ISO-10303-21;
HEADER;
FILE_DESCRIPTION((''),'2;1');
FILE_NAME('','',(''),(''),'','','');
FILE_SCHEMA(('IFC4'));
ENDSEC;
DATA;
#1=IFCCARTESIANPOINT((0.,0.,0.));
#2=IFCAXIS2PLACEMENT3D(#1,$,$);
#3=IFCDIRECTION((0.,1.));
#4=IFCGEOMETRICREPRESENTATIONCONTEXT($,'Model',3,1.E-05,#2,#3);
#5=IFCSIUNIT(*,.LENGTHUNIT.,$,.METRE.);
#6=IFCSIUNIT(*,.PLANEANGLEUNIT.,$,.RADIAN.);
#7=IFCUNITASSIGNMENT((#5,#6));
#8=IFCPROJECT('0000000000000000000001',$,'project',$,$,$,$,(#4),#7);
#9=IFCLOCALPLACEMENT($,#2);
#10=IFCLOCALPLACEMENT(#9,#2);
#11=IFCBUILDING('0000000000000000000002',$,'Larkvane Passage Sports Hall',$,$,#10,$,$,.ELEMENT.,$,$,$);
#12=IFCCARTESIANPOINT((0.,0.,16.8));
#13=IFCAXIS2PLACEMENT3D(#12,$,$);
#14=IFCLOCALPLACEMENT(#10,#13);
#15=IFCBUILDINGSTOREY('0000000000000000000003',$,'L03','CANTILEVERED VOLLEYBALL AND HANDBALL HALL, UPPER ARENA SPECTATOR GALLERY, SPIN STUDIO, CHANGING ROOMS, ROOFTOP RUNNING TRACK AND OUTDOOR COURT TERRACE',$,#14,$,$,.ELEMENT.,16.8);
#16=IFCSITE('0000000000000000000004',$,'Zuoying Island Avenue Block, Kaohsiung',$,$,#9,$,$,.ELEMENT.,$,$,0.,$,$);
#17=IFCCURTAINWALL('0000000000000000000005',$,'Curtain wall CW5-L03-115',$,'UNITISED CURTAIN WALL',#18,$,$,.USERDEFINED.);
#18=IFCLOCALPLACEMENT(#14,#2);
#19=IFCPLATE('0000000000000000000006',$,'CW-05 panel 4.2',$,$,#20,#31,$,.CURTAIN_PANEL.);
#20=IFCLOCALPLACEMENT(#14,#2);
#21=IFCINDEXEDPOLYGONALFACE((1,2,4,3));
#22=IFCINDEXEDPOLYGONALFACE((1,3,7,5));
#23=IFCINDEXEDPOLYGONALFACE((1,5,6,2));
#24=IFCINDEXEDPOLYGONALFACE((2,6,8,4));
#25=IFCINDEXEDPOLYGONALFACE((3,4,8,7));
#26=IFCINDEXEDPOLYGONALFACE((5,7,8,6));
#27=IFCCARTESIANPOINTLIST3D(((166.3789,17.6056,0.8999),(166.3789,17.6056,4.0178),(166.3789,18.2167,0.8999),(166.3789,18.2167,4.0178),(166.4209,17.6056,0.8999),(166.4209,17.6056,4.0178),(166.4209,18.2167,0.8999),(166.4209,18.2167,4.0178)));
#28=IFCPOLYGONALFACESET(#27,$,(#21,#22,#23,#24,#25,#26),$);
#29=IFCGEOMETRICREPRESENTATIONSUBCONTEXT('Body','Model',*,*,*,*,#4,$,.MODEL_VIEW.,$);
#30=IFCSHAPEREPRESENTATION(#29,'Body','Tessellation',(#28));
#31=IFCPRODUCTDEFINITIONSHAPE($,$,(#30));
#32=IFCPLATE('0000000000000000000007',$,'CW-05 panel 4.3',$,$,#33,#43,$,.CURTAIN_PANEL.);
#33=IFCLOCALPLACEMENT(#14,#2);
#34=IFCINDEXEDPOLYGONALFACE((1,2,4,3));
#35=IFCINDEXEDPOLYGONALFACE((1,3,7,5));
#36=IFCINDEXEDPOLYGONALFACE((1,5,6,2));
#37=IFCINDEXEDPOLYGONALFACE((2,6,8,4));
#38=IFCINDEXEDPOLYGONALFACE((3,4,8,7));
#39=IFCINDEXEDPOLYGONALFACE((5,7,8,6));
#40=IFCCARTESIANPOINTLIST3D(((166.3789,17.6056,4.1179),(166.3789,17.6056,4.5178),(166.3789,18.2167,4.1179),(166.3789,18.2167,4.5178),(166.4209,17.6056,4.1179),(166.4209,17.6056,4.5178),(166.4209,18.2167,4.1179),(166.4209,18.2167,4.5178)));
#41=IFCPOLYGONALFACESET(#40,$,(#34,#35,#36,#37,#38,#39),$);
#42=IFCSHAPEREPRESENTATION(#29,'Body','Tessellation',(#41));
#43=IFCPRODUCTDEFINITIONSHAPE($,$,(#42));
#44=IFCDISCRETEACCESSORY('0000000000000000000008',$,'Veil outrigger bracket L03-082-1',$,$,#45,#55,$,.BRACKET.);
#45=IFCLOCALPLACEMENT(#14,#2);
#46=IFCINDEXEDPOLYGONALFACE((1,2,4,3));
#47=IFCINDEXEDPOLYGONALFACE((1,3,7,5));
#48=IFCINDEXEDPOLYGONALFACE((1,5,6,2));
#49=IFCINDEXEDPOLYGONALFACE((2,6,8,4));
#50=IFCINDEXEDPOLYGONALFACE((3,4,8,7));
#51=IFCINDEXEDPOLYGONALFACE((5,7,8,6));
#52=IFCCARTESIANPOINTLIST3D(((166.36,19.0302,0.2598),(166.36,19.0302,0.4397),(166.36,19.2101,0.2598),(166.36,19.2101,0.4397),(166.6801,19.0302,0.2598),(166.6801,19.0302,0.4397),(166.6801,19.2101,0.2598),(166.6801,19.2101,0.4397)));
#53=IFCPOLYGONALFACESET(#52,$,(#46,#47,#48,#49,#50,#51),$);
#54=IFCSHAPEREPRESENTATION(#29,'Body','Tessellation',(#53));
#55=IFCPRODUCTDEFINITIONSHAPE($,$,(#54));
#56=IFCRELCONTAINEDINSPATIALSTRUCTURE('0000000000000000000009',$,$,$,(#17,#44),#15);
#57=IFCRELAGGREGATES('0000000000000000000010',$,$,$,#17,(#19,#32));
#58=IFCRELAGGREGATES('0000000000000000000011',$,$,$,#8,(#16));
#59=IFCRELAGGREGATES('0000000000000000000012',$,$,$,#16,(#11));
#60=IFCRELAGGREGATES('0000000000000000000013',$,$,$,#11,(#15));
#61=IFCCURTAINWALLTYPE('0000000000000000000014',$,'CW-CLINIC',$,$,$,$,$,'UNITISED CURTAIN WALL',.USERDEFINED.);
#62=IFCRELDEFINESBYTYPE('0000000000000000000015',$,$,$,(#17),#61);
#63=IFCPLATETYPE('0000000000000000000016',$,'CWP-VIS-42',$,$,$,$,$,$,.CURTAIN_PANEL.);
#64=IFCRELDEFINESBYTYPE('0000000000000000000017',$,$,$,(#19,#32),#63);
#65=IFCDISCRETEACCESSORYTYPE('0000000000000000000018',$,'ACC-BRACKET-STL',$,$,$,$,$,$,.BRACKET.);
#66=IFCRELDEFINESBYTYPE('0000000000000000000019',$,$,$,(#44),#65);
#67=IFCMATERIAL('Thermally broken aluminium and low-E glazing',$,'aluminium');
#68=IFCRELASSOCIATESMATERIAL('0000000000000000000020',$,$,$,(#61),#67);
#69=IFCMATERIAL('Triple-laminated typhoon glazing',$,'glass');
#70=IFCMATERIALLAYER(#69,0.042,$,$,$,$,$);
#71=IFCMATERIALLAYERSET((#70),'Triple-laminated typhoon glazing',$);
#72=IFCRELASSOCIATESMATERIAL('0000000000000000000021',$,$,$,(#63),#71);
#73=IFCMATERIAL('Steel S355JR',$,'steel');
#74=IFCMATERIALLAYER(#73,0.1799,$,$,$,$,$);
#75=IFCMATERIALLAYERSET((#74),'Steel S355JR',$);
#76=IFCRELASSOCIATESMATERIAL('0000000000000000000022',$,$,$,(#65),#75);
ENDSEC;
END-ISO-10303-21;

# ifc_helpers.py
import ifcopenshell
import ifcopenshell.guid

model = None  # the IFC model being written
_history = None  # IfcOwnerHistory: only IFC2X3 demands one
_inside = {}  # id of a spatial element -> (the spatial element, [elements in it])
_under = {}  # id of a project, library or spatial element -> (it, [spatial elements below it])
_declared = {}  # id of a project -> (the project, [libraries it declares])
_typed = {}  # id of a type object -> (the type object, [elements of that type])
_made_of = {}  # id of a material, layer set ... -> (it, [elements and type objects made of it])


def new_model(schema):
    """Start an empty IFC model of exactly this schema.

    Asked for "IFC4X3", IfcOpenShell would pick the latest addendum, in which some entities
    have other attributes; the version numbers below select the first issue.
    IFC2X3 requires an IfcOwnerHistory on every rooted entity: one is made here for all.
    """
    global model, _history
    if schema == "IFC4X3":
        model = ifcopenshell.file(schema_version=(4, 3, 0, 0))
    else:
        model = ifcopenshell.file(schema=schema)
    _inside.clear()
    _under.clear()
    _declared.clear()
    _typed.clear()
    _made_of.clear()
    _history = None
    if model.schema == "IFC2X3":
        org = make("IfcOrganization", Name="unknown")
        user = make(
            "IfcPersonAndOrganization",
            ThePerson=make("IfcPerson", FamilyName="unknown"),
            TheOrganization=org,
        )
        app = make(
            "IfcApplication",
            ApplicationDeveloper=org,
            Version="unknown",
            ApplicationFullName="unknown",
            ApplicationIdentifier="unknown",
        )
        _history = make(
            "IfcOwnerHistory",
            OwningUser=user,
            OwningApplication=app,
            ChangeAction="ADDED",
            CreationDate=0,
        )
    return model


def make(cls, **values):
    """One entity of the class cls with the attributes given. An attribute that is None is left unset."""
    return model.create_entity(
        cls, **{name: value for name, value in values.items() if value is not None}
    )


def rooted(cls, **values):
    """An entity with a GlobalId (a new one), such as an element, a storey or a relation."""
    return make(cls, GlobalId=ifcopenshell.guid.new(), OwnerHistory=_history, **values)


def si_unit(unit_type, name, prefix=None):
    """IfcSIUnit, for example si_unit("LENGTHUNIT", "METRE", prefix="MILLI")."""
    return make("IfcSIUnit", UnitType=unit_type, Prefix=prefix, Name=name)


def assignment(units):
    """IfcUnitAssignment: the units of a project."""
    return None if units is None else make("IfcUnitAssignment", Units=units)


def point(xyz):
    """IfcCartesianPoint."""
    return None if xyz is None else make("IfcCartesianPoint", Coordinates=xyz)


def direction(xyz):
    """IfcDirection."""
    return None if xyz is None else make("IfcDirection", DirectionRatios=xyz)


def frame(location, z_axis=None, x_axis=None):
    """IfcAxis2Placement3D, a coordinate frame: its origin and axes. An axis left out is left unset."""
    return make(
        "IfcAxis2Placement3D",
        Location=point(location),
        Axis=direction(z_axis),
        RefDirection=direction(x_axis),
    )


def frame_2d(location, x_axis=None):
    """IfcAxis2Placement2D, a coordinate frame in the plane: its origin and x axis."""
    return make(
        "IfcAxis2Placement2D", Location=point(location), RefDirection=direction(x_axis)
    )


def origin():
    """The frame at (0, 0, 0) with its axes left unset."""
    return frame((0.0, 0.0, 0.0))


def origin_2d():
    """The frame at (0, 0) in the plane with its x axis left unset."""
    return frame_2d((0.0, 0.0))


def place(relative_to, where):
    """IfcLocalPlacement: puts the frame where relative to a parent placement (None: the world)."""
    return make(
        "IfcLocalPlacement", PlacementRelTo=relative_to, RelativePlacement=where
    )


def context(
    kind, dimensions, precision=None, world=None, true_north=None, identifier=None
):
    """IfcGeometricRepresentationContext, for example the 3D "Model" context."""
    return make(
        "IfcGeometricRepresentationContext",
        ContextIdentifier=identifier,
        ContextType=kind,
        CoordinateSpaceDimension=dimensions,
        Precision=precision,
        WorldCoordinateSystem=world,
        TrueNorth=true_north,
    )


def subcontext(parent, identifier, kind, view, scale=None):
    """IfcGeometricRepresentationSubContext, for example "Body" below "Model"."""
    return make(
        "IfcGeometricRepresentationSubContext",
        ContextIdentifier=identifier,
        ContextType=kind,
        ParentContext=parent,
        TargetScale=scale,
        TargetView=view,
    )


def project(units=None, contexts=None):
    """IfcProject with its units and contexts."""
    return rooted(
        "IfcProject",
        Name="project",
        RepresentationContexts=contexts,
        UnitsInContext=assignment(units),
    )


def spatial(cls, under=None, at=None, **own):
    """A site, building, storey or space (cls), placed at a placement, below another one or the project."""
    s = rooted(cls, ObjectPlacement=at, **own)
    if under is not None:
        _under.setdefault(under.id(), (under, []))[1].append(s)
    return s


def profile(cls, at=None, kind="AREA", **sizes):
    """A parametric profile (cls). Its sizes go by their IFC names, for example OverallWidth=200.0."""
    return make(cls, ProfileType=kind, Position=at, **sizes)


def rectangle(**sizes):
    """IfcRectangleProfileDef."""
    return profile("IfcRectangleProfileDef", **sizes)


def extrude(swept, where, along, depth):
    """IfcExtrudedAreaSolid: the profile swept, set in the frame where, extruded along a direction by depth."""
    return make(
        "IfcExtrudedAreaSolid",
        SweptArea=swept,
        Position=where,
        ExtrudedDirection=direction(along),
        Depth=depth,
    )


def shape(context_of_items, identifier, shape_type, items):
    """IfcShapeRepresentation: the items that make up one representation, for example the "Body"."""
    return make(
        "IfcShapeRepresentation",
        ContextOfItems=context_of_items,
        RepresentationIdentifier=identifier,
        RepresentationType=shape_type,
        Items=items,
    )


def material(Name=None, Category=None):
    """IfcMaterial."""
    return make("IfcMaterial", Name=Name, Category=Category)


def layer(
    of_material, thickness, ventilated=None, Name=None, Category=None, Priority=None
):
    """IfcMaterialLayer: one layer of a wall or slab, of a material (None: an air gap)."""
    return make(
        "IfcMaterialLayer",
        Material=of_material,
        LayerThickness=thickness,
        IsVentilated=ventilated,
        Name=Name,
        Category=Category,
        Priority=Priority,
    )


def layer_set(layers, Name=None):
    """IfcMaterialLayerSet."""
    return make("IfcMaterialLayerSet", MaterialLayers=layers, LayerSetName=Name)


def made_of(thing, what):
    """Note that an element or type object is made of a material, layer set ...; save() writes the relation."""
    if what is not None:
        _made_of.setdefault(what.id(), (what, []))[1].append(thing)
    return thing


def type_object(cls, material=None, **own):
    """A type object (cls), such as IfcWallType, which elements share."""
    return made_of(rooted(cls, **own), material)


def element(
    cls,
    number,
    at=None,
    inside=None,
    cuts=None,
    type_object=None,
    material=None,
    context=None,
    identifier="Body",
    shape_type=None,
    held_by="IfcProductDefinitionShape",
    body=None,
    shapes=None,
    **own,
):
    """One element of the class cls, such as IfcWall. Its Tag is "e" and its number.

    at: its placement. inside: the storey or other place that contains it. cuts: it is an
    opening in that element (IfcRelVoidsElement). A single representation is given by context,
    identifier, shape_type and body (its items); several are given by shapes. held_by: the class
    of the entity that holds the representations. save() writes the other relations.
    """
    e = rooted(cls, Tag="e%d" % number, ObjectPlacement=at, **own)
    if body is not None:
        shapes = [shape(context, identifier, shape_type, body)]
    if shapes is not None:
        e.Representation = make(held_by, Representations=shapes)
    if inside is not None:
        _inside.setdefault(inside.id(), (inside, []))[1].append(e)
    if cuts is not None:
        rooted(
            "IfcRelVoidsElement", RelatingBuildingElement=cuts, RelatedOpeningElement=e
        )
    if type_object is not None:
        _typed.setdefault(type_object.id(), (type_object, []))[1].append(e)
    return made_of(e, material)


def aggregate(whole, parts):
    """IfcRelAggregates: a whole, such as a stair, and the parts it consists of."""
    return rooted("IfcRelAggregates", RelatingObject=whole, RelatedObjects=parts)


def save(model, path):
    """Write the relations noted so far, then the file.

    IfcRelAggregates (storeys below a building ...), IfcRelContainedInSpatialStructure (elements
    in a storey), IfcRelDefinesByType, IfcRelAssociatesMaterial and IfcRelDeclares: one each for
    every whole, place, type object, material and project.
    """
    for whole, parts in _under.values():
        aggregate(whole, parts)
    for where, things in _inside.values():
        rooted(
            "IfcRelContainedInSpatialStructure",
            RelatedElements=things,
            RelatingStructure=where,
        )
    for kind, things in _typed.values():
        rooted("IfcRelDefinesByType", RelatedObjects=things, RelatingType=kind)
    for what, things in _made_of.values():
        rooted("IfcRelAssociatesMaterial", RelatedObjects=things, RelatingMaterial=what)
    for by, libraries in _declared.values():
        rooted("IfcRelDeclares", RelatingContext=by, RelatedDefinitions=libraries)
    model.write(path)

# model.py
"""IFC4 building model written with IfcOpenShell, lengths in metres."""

from ifc_helpers import new_model, si_unit, direction, frame, origin, origin_2d, place, context, subcontext, project, spatial, rectangle, extrude, material, layer, layer_set, type_object, element, aggregate, save


model = new_model("IFC4")

# Units and contexts
model_context = context("Model", 3, precision=1e-05, world=origin(), true_north=direction((0.0, 1.0)))
body_context = subcontext(model_context, "Body", "Model", "MODEL_VIEW")
ifc_project = project(units=[si_unit("LENGTHUNIT", "METRE"), si_unit("PLANEANGLEUNIT", "RADIAN")], contexts=[model_context])

# Site, building, storey
site_placement = place(None, origin())
site = spatial("IfcSite", under=ifc_project, at=site_placement, Name="Zuoying Island Avenue Block, Kaohsiung", CompositionType="ELEMENT", RefElevation=0.0)
building_placement = place(site_placement, origin())
building = spatial("IfcBuilding", under=site, at=building_placement, Name="Larkvane Passage Sports Hall", CompositionType="ELEMENT")
storey_placement = place(building_placement, frame((0.0, 0.0, 16.8)))
storey = spatial("IfcBuildingStorey", under=building, at=storey_placement, Name="L03", Description="CANTILEVERED VOLLEYBALL AND HANDBALL HALL, UPPER ARENA SPECTATOR GALLERY, SPIN STUDIO, CHANGING ROOMS, ROOFTOP RUNNING TRACK AND OUTDOOR COURT TERRACE", CompositionType="ELEMENT", Elevation=16.8)

# Curtain wall, plates
ifc_material_1 = material(Name="Thermally broken aluminium and low-E glazing", Category="aluminium")
curtain_wall_type = type_object("IfcCurtainWallType", Name="CW-CLINIC", ElementType="UNITISED CURTAIN WALL", PredefinedType="USERDEFINED", material=ifc_material_1)
curtain_wall_placement = place(storey_placement, origin())
curtain_wall = element("IfcCurtainWall", 1, at=curtain_wall_placement, inside=storey, type_object=curtain_wall_type, Name="Curtain wall CW5-L03-115", ObjectType="UNITISED CURTAIN WALL", PredefinedType="USERDEFINED")
ifc_material_2 = material(Name="Triple-laminated typhoon glazing", Category="glass")
ifc_layer_1 = layer(ifc_material_2, 0.042)
ifc_layer_set_1 = layer_set([ifc_layer_1], Name="Triple-laminated typhoon glazing")
plate_type_1 = type_object("IfcPlateType", Name="CWP-VIS-42", PredefinedType="CURTAIN_PANEL", material=ifc_layer_set_1)
plate_1_placement = place(storey_placement, frame((166.3999, 17.9111, 0.8999), z_axis=(0.0, 0.0, 1.0), x_axis=(0.0, -1.0, 0.0)))
plate_1 = element("IfcPlate", 2, at=plate_1_placement, type_object=plate_type_1, Name="CW-05 panel 4.2", PredefinedType="CURTAIN_PANEL", context=body_context, shape_type="SweptSolid", body=[
    extrude(rectangle(XDim=0.6111, YDim=0.042, at=origin_2d()), origin(), (0.0, 0.0, 1.0), 3.1179),
])
plate_2_placement = place(storey_placement, frame((166.3999, 17.9111, 4.1179), z_axis=(0.0, 0.0, 1.0), x_axis=(0.0, -1.0, 0.0)))
plate_2 = element("IfcPlate", 3, at=plate_2_placement, type_object=plate_type_1, Name="CW-05 panel 4.3", PredefinedType="CURTAIN_PANEL", context=body_context, shape_type="SweptSolid", body=[
    extrude(rectangle(XDim=0.6111, YDim=0.042, at=origin_2d()), origin(), (0.0, 0.0, 1.0), 0.3999),
])
aggregate(curtain_wall, [plate_1, plate_2])

# Discrete accessory
ifc_material_3 = material(Name="Steel S355JR", Category="steel")
ifc_layer_2 = layer(ifc_material_3, 0.1799)
ifc_layer_set_2 = layer_set([ifc_layer_2], Name="Steel S355JR")
discrete_accessory_type = type_object("IfcDiscreteAccessoryType", Name="ACC-BRACKET-STL", PredefinedType="BRACKET", material=ifc_layer_set_2)
discrete_accessory_placement = place(storey_placement, frame((166.52, 19.1201, 0.2598), z_axis=(0.0, 0.0, 1.0), x_axis=(0.0, -1.0, 0.0)))
element("IfcDiscreteAccessory", 4, at=discrete_accessory_placement, inside=storey, type_object=discrete_accessory_type, Name="Veil outrigger bracket L03-082-1", PredefinedType="BRACKET", context=body_context, shape_type="SweptSolid", body=[
    extrude(rectangle(XDim=0.1799, YDim=0.3201, at=origin_2d()), origin(), (0.0, 0.0, 1.0), 0.1799),
])

save(model, "model.ifc")
